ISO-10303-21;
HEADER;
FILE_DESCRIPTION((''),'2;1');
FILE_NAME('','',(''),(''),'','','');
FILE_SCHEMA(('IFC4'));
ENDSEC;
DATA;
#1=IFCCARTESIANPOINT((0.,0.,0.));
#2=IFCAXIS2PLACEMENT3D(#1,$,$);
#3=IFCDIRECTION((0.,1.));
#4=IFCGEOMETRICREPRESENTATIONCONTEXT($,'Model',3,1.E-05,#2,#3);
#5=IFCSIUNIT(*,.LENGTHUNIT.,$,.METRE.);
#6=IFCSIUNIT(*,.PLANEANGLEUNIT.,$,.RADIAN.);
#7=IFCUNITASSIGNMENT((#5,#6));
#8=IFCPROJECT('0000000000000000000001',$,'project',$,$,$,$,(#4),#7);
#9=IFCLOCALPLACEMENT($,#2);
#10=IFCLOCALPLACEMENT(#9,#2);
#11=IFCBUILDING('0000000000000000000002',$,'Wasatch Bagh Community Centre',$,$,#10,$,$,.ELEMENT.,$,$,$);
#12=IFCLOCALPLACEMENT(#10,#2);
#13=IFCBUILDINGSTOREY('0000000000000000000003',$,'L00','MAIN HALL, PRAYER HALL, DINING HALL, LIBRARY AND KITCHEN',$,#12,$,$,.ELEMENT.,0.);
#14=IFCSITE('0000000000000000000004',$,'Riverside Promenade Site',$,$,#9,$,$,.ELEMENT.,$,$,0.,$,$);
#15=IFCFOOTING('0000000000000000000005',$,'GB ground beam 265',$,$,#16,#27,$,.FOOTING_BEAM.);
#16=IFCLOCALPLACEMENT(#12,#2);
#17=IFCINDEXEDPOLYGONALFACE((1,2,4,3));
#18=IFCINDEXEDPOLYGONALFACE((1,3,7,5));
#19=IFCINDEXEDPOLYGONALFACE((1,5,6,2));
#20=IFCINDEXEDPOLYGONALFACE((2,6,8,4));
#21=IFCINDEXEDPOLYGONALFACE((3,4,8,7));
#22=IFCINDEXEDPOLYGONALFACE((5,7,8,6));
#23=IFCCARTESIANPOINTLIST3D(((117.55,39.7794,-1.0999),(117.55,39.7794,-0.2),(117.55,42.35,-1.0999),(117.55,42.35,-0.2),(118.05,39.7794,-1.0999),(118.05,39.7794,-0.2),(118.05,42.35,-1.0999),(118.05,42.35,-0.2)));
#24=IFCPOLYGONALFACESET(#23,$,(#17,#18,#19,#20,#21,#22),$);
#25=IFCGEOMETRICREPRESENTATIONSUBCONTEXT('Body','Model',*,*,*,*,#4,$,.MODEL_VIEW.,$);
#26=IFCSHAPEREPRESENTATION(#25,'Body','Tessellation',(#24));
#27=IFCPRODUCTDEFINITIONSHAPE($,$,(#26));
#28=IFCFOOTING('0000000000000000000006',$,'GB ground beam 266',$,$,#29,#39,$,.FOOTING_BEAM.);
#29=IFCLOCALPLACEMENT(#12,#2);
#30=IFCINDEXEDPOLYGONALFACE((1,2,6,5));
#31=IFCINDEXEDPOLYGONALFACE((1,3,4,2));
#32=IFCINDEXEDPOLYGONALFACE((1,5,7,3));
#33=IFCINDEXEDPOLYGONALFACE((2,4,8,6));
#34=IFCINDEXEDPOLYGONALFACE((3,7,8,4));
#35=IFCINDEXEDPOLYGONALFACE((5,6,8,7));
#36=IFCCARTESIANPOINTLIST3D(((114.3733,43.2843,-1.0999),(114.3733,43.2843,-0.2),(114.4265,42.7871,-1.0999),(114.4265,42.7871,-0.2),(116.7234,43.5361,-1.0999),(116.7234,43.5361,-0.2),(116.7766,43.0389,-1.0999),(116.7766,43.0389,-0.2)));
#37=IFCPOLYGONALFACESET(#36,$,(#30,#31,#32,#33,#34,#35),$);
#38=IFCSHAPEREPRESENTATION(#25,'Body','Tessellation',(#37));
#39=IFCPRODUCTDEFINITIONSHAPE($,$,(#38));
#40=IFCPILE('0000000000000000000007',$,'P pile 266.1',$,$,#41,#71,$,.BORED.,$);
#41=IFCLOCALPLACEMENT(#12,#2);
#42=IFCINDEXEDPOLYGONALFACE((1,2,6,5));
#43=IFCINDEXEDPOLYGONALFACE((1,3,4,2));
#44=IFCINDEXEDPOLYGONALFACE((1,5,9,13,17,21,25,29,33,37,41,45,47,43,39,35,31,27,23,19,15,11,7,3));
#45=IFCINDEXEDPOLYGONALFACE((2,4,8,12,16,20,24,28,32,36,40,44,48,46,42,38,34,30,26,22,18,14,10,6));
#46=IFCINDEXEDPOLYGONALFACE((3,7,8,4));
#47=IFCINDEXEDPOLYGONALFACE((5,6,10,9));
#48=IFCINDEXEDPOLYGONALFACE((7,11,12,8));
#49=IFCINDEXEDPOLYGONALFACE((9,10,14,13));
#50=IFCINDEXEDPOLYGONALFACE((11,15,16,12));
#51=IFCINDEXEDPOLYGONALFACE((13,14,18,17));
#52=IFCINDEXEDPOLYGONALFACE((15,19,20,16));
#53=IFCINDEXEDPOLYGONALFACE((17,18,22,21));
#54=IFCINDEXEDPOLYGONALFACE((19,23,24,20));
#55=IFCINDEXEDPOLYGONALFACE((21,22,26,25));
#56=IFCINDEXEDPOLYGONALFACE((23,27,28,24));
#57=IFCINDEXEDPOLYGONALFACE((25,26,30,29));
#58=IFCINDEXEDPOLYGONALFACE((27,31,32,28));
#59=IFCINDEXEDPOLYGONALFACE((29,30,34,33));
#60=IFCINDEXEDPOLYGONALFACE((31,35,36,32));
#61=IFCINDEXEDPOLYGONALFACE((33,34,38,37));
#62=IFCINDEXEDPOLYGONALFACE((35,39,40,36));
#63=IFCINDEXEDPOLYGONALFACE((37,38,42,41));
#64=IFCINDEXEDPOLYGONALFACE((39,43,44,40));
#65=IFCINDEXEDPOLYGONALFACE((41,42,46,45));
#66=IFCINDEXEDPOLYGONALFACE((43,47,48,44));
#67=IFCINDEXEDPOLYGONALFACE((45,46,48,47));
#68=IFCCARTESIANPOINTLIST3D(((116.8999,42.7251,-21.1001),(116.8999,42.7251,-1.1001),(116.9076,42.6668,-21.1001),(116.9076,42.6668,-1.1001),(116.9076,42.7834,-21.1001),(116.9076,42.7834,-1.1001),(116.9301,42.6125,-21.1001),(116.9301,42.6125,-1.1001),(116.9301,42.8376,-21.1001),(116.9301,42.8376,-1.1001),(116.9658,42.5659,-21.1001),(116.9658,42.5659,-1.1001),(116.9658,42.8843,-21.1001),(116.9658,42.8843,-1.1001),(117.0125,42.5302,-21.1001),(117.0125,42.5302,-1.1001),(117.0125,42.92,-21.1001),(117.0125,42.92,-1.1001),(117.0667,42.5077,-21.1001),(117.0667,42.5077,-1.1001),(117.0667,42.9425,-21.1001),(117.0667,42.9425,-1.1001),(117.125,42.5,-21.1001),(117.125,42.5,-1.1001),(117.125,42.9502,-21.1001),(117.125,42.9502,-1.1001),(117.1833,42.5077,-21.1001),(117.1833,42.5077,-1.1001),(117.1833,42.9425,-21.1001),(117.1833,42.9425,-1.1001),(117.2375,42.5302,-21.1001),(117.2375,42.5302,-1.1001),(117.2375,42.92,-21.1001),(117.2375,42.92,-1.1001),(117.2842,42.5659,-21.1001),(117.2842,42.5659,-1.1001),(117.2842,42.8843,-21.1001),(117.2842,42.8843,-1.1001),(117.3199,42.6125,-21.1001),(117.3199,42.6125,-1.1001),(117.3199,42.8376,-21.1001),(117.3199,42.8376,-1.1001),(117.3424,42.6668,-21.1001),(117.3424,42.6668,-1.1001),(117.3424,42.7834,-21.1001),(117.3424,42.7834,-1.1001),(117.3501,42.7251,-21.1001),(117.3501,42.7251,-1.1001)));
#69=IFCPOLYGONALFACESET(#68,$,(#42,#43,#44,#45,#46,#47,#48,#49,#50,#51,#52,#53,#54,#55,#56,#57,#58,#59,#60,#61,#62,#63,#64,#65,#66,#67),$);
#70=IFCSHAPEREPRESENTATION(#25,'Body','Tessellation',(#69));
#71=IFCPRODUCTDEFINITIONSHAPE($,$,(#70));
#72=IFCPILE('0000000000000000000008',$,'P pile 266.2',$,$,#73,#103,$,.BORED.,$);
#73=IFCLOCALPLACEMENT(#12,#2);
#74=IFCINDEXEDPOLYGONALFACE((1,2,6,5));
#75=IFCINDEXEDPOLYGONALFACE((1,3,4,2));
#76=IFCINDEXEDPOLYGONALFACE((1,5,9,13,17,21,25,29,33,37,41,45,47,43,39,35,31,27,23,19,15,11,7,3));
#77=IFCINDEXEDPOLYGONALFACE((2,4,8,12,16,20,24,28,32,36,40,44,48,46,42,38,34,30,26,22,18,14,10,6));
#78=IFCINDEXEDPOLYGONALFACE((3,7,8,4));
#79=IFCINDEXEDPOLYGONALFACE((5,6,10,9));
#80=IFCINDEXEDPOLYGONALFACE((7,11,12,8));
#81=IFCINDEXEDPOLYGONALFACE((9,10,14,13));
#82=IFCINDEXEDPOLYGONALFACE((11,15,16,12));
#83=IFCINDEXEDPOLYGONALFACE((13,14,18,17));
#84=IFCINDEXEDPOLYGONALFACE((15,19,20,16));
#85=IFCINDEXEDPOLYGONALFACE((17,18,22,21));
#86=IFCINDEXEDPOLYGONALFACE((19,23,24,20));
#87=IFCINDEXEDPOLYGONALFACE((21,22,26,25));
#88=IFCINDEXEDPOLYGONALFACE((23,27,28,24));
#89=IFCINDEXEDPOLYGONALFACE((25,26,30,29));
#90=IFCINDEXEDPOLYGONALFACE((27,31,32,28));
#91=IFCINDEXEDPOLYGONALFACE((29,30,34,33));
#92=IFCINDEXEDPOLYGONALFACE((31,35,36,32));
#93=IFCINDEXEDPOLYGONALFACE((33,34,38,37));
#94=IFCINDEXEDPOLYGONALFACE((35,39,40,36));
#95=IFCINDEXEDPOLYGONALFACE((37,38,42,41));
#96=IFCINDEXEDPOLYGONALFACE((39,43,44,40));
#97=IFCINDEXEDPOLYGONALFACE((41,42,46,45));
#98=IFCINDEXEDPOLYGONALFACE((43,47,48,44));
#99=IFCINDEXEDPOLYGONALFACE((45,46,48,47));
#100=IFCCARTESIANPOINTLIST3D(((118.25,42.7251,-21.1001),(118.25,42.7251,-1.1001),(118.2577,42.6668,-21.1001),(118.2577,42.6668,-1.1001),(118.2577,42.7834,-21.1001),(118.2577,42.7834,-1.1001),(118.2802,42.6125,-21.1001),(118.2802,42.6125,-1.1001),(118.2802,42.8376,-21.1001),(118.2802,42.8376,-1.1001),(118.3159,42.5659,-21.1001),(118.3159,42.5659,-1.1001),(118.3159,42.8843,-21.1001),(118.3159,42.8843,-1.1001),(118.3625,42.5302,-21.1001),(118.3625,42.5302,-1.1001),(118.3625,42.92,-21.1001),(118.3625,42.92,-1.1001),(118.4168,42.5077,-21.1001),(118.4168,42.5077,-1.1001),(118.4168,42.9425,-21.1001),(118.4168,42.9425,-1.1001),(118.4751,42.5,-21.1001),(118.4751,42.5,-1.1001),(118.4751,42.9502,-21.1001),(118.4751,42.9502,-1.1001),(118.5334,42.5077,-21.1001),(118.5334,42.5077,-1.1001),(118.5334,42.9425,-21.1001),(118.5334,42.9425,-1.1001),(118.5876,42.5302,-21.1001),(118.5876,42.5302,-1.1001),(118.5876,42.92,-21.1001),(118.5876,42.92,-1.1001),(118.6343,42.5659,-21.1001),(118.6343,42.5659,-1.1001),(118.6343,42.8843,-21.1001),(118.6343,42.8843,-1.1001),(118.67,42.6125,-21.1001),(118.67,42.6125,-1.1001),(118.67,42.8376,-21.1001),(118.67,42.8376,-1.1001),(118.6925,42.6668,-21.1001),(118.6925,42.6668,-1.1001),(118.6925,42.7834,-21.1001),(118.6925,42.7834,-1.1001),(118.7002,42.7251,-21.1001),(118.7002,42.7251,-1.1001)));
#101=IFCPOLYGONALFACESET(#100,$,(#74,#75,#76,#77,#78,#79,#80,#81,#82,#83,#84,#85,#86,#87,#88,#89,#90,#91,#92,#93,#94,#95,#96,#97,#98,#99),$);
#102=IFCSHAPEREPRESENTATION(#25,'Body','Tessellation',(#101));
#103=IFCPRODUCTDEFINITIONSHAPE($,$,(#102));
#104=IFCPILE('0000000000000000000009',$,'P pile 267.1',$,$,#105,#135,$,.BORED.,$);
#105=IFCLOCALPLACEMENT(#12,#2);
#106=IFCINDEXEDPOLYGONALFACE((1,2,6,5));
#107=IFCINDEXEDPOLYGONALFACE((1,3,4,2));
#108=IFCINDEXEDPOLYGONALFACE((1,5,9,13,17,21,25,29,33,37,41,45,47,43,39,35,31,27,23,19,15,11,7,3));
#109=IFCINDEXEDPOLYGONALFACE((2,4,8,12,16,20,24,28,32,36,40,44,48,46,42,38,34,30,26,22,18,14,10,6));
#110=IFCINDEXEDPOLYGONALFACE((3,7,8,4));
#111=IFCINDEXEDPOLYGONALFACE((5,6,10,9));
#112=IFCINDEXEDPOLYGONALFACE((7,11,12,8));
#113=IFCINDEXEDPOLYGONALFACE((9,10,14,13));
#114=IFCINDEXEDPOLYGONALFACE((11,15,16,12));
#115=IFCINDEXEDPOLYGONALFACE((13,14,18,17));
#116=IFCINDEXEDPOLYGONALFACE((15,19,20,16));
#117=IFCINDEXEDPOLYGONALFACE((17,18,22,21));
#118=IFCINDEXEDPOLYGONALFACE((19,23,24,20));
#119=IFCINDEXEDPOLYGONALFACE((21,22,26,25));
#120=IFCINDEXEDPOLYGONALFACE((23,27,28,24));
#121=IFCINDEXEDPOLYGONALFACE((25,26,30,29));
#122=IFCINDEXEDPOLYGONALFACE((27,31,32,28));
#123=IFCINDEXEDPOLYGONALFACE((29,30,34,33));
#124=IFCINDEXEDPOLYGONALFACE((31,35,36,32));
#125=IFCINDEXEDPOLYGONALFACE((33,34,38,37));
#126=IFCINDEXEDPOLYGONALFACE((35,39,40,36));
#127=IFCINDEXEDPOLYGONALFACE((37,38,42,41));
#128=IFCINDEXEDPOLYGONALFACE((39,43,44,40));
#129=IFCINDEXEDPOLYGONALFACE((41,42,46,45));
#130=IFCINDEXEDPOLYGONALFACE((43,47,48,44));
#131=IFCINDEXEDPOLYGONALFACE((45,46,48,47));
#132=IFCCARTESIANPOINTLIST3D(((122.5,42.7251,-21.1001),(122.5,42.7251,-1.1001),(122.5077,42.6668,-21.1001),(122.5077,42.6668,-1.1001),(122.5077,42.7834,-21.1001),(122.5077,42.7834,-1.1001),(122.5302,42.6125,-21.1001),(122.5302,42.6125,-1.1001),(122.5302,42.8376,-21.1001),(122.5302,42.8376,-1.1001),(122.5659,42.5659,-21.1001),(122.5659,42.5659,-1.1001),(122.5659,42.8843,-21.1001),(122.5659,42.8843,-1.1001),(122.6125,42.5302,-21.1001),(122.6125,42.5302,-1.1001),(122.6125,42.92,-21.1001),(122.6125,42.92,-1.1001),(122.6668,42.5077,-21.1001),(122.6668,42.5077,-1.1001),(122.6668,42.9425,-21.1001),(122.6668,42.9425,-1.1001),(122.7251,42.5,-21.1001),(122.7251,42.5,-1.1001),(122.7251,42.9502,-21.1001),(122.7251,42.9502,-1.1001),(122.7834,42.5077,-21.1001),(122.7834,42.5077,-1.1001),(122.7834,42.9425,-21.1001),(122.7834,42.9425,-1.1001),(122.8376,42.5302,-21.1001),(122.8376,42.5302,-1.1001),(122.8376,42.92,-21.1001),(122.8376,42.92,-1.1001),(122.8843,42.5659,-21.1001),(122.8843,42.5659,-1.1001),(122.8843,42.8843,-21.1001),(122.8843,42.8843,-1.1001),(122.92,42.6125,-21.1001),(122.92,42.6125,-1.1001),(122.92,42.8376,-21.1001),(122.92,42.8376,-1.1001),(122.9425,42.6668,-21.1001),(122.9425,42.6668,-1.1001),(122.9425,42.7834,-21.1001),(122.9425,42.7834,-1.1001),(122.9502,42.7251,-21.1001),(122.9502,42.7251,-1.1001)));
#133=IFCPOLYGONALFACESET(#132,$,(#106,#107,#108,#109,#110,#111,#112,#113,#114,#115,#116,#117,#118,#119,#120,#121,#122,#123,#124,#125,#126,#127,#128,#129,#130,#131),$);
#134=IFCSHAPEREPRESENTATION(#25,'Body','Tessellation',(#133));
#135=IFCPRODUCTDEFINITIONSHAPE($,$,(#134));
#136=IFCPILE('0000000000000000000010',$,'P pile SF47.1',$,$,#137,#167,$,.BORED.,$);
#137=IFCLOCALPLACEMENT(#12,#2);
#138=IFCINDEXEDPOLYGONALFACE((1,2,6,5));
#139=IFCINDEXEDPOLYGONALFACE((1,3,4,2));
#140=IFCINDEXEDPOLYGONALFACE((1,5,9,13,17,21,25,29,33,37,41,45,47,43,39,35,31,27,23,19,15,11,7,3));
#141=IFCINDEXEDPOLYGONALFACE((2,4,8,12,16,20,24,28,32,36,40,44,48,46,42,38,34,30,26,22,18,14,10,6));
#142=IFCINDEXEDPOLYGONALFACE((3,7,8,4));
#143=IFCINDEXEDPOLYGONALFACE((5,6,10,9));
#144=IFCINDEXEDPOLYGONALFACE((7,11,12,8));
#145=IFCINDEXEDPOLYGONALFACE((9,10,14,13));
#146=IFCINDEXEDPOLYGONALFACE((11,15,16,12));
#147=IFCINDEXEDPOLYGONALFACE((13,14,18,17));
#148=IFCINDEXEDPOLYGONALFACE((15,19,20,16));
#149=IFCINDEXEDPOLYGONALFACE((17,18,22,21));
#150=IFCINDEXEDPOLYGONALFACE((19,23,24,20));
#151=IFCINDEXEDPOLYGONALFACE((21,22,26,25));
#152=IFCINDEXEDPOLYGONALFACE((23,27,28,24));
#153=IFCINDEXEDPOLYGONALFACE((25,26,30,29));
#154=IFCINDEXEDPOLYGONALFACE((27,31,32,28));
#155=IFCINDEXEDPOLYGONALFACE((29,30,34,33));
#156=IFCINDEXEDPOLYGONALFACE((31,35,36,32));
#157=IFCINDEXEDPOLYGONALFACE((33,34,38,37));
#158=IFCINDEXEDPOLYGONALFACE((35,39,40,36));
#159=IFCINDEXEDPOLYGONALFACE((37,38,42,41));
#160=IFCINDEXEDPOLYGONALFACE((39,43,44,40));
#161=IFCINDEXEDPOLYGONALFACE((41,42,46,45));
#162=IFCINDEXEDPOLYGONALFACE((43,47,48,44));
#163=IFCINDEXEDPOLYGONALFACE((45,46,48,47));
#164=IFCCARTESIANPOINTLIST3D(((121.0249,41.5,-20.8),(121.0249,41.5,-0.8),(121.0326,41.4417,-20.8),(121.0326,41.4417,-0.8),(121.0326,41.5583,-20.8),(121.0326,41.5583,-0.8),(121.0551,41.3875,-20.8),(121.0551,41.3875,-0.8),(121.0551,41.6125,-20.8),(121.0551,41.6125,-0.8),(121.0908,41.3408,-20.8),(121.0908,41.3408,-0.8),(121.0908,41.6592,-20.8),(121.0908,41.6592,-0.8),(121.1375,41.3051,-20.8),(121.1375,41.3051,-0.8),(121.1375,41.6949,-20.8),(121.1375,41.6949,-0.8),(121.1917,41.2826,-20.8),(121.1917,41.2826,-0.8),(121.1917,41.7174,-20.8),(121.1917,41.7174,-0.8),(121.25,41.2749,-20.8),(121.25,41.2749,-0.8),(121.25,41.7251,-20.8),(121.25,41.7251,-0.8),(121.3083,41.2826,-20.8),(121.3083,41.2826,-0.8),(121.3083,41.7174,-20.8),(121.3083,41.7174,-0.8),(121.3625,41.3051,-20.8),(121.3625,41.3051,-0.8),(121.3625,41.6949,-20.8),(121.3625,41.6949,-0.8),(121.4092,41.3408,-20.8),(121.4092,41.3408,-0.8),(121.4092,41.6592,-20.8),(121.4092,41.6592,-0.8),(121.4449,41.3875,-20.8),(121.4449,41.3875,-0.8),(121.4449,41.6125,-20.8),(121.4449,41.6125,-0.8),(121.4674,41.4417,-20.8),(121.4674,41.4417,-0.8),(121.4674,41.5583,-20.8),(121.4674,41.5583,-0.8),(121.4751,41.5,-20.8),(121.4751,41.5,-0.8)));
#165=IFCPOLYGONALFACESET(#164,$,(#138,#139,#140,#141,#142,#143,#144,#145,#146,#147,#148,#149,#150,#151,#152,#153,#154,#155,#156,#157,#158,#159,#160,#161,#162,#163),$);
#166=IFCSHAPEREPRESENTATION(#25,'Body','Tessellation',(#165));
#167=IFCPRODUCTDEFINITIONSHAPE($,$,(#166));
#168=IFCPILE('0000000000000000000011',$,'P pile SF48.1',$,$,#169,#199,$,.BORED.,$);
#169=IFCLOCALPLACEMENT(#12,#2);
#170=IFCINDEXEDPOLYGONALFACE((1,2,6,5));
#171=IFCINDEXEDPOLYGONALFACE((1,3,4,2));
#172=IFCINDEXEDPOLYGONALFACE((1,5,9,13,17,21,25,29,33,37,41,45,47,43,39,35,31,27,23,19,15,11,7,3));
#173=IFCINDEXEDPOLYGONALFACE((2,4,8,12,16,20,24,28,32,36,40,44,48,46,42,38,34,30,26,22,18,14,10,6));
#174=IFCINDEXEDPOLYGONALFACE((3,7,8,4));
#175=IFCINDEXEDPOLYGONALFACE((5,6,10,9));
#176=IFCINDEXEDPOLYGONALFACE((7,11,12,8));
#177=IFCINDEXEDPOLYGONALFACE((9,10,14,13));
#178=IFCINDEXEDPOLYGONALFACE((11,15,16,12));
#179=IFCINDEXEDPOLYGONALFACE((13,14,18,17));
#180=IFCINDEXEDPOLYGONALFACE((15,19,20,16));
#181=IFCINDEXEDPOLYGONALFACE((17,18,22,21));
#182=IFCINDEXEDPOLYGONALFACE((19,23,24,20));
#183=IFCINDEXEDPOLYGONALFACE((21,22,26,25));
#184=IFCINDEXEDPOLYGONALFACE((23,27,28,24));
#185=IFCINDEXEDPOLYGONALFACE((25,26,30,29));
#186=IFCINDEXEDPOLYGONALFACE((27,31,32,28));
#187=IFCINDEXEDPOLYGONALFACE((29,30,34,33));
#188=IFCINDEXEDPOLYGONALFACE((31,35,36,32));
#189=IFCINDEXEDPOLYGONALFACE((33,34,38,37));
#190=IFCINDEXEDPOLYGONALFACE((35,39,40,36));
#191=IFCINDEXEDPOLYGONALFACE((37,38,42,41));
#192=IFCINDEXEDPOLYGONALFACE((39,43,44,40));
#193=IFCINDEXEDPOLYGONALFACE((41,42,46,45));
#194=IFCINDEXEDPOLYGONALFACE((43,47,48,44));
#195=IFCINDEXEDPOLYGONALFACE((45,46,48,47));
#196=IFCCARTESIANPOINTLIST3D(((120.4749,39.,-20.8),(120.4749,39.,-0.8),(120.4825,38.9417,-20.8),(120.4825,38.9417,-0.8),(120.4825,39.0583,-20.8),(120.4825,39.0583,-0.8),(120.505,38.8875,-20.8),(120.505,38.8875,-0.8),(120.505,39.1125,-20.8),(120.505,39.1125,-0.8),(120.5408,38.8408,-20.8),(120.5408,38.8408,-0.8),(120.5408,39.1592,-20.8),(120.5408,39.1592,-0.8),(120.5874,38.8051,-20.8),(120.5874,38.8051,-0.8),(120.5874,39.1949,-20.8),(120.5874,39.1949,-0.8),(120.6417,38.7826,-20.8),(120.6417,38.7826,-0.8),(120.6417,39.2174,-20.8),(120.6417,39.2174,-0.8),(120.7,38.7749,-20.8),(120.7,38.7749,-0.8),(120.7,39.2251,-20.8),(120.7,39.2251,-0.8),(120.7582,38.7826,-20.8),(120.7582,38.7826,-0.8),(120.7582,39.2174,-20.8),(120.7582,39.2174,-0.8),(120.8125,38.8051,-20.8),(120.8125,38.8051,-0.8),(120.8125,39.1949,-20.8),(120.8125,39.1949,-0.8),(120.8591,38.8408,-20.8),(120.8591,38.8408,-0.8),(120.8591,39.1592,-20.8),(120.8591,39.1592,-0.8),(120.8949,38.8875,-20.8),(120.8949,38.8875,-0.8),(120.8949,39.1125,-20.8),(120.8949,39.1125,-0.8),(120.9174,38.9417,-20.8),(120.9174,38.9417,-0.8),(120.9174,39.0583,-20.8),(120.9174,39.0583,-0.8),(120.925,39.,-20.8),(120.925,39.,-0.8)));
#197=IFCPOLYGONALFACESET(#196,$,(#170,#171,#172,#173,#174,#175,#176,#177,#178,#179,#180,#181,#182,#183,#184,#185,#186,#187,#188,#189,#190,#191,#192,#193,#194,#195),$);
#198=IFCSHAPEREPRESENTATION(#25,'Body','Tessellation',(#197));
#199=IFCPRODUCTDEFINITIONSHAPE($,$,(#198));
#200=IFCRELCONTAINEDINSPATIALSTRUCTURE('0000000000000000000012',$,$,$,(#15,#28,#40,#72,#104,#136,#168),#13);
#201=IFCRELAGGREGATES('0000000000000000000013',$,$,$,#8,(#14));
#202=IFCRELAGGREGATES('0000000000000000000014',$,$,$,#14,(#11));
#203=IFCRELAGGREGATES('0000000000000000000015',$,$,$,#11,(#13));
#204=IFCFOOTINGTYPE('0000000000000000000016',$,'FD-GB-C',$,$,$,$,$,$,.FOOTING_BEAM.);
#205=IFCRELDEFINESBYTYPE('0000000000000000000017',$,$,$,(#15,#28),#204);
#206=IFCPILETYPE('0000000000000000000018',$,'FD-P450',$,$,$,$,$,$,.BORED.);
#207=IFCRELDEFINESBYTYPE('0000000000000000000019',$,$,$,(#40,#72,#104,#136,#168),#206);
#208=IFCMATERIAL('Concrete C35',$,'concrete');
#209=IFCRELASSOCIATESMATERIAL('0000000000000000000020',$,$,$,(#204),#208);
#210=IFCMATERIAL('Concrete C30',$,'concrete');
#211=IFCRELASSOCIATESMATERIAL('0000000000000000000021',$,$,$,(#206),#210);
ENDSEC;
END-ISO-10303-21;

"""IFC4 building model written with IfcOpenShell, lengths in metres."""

from ifc_helpers import new_model, si_unit, direction, frame, origin, origin_2d, place, context, subcontext, project, spatial, rectangle, circle, extrude, material, material_profile, profile_set, type_object, element, save


model = new_model("IFC4")

# Units and contexts
model_context = context("Model", 3, precision=1e-05, world=origin(), true_north=direction((0.0, 1.0)))
body_context = subcontext(model_context, "Body", "Model", "MODEL_VIEW")
ifc_project = project(units=[si_unit("LENGTHUNIT", "METRE"), si_unit("PLANEANGLEUNIT", "RADIAN")], contexts=[model_context])

# Site, building, storey
site_placement = place(None, origin())
site = spatial("IfcSite", under=ifc_project, at=site_placement, Name="Riverside Promenade Site", CompositionType="ELEMENT", RefElevation=0.0)
building_placement = place(site_placement, origin())
building = spatial("IfcBuilding", under=site, at=building_placement, Name="Wasatch Bagh Community Centre", CompositionType="ELEMENT")
storey_placement = place(building_placement, origin())
storey = spatial("IfcBuildingStorey", under=building, at=storey_placement, Name="L00", Description="MAIN HALL, PRAYER HALL, DINING HALL, LIBRARY AND KITCHEN", CompositionType="ELEMENT", Elevation=0.0)

# Footings
ifc_material_1 = material(Name="Concrete C35", Category="concrete")
footing_type_1 = type_object("IfcFootingType", Name="FD-GB-C", PredefinedType="FOOTING_BEAM", material=ifc_material_1)
footing_1_placement = place(storey_placement, frame((117.8, 41.0647, -1.0999), z_axis=(0.0, 0.0, 1.0), x_axis=(0.0, -1.0, 0.0)))
element("IfcFooting", 1, at=footing_1_placement, inside=storey, type_object=footing_type_1, Name="GB ground beam 265", PredefinedType="FOOTING_BEAM", context=body_context, shape_type="SweptSolid", body=[
    extrude(rectangle(XDim=2.5706, YDim=0.5, at=origin_2d()), origin(), (0.0, 0.0, 1.0), 0.8999),
])
footing_2_placement = place(storey_placement, frame((115.575, 43.1616, -1.0999), z_axis=(0.0, 0.0, 1.0), x_axis=(-0.994309, -0.106533, 0.0)))
element("IfcFooting", 2, at=footing_2_placement, inside=storey, type_object=footing_type_1, Name="GB ground beam 266", PredefinedType="FOOTING_BEAM", context=body_context, shape_type="SweptSolid", body=[
    extrude(rectangle(XDim=2.3635, YDim=0.5, at=origin_2d()), origin(), (0.0, 0.0, 1.0), 0.8999),
])

# Piles
ifc_material_2 = material(Name="Concrete C30", Category="concrete")
ifc_material_profile_1 = material_profile(ifc_material_2, circle(Radius=0.2251, at=origin_2d()), Name="RC D450")
ifc_profile_set_1 = profile_set([ifc_material_profile_1], Name="Concrete C30")
pile_type_1 = type_object("IfcPileType", Name="FD-P450", PredefinedType="BORED", material=ifc_profile_set_1)
for number, where, z_axis, x_axis, name in (
    (3, (117.125, 42.7251, -1.1001), (0.0, 0.0, -1.0), (1.0, 0.0, 0.0), "P pile 266.1"),
    (4, (118.4751, 42.7251, -1.1001), (0.0, 0.0, -1.0), (1.0, 0.0, 0.0), "P pile 266.2"),
    (5, (122.7251, 42.7251, -1.1001), (0.0, 0.0, -1.0), (1.0, 0.0, 0.0), "P pile 267.1"),
    (6, (121.25, 41.5, -0.8), (0.0, 0.0, -1.0), (1.0, 0.0, 0.0), "P pile SF47.1"),
    (7, (120.7, 39.0, -0.8), (0.0, 0.0, -1.0), (1.0, 0.0, 0.0), "P pile SF48.1"),
):
    element("IfcPile", number, at=place(storey_placement, frame(where, z_axis=z_axis, x_axis=x_axis)), inside=storey, type_object=pile_type_1, Name=name, PredefinedType="BORED", context=body_context, shape_type="SweptSolid", body=[
        extrude(circle(Radius=0.2251, at=origin_2d()), origin(), (0.0, 0.0, 1.0), 20.0),
    ])

save(model, "model.ifc")
